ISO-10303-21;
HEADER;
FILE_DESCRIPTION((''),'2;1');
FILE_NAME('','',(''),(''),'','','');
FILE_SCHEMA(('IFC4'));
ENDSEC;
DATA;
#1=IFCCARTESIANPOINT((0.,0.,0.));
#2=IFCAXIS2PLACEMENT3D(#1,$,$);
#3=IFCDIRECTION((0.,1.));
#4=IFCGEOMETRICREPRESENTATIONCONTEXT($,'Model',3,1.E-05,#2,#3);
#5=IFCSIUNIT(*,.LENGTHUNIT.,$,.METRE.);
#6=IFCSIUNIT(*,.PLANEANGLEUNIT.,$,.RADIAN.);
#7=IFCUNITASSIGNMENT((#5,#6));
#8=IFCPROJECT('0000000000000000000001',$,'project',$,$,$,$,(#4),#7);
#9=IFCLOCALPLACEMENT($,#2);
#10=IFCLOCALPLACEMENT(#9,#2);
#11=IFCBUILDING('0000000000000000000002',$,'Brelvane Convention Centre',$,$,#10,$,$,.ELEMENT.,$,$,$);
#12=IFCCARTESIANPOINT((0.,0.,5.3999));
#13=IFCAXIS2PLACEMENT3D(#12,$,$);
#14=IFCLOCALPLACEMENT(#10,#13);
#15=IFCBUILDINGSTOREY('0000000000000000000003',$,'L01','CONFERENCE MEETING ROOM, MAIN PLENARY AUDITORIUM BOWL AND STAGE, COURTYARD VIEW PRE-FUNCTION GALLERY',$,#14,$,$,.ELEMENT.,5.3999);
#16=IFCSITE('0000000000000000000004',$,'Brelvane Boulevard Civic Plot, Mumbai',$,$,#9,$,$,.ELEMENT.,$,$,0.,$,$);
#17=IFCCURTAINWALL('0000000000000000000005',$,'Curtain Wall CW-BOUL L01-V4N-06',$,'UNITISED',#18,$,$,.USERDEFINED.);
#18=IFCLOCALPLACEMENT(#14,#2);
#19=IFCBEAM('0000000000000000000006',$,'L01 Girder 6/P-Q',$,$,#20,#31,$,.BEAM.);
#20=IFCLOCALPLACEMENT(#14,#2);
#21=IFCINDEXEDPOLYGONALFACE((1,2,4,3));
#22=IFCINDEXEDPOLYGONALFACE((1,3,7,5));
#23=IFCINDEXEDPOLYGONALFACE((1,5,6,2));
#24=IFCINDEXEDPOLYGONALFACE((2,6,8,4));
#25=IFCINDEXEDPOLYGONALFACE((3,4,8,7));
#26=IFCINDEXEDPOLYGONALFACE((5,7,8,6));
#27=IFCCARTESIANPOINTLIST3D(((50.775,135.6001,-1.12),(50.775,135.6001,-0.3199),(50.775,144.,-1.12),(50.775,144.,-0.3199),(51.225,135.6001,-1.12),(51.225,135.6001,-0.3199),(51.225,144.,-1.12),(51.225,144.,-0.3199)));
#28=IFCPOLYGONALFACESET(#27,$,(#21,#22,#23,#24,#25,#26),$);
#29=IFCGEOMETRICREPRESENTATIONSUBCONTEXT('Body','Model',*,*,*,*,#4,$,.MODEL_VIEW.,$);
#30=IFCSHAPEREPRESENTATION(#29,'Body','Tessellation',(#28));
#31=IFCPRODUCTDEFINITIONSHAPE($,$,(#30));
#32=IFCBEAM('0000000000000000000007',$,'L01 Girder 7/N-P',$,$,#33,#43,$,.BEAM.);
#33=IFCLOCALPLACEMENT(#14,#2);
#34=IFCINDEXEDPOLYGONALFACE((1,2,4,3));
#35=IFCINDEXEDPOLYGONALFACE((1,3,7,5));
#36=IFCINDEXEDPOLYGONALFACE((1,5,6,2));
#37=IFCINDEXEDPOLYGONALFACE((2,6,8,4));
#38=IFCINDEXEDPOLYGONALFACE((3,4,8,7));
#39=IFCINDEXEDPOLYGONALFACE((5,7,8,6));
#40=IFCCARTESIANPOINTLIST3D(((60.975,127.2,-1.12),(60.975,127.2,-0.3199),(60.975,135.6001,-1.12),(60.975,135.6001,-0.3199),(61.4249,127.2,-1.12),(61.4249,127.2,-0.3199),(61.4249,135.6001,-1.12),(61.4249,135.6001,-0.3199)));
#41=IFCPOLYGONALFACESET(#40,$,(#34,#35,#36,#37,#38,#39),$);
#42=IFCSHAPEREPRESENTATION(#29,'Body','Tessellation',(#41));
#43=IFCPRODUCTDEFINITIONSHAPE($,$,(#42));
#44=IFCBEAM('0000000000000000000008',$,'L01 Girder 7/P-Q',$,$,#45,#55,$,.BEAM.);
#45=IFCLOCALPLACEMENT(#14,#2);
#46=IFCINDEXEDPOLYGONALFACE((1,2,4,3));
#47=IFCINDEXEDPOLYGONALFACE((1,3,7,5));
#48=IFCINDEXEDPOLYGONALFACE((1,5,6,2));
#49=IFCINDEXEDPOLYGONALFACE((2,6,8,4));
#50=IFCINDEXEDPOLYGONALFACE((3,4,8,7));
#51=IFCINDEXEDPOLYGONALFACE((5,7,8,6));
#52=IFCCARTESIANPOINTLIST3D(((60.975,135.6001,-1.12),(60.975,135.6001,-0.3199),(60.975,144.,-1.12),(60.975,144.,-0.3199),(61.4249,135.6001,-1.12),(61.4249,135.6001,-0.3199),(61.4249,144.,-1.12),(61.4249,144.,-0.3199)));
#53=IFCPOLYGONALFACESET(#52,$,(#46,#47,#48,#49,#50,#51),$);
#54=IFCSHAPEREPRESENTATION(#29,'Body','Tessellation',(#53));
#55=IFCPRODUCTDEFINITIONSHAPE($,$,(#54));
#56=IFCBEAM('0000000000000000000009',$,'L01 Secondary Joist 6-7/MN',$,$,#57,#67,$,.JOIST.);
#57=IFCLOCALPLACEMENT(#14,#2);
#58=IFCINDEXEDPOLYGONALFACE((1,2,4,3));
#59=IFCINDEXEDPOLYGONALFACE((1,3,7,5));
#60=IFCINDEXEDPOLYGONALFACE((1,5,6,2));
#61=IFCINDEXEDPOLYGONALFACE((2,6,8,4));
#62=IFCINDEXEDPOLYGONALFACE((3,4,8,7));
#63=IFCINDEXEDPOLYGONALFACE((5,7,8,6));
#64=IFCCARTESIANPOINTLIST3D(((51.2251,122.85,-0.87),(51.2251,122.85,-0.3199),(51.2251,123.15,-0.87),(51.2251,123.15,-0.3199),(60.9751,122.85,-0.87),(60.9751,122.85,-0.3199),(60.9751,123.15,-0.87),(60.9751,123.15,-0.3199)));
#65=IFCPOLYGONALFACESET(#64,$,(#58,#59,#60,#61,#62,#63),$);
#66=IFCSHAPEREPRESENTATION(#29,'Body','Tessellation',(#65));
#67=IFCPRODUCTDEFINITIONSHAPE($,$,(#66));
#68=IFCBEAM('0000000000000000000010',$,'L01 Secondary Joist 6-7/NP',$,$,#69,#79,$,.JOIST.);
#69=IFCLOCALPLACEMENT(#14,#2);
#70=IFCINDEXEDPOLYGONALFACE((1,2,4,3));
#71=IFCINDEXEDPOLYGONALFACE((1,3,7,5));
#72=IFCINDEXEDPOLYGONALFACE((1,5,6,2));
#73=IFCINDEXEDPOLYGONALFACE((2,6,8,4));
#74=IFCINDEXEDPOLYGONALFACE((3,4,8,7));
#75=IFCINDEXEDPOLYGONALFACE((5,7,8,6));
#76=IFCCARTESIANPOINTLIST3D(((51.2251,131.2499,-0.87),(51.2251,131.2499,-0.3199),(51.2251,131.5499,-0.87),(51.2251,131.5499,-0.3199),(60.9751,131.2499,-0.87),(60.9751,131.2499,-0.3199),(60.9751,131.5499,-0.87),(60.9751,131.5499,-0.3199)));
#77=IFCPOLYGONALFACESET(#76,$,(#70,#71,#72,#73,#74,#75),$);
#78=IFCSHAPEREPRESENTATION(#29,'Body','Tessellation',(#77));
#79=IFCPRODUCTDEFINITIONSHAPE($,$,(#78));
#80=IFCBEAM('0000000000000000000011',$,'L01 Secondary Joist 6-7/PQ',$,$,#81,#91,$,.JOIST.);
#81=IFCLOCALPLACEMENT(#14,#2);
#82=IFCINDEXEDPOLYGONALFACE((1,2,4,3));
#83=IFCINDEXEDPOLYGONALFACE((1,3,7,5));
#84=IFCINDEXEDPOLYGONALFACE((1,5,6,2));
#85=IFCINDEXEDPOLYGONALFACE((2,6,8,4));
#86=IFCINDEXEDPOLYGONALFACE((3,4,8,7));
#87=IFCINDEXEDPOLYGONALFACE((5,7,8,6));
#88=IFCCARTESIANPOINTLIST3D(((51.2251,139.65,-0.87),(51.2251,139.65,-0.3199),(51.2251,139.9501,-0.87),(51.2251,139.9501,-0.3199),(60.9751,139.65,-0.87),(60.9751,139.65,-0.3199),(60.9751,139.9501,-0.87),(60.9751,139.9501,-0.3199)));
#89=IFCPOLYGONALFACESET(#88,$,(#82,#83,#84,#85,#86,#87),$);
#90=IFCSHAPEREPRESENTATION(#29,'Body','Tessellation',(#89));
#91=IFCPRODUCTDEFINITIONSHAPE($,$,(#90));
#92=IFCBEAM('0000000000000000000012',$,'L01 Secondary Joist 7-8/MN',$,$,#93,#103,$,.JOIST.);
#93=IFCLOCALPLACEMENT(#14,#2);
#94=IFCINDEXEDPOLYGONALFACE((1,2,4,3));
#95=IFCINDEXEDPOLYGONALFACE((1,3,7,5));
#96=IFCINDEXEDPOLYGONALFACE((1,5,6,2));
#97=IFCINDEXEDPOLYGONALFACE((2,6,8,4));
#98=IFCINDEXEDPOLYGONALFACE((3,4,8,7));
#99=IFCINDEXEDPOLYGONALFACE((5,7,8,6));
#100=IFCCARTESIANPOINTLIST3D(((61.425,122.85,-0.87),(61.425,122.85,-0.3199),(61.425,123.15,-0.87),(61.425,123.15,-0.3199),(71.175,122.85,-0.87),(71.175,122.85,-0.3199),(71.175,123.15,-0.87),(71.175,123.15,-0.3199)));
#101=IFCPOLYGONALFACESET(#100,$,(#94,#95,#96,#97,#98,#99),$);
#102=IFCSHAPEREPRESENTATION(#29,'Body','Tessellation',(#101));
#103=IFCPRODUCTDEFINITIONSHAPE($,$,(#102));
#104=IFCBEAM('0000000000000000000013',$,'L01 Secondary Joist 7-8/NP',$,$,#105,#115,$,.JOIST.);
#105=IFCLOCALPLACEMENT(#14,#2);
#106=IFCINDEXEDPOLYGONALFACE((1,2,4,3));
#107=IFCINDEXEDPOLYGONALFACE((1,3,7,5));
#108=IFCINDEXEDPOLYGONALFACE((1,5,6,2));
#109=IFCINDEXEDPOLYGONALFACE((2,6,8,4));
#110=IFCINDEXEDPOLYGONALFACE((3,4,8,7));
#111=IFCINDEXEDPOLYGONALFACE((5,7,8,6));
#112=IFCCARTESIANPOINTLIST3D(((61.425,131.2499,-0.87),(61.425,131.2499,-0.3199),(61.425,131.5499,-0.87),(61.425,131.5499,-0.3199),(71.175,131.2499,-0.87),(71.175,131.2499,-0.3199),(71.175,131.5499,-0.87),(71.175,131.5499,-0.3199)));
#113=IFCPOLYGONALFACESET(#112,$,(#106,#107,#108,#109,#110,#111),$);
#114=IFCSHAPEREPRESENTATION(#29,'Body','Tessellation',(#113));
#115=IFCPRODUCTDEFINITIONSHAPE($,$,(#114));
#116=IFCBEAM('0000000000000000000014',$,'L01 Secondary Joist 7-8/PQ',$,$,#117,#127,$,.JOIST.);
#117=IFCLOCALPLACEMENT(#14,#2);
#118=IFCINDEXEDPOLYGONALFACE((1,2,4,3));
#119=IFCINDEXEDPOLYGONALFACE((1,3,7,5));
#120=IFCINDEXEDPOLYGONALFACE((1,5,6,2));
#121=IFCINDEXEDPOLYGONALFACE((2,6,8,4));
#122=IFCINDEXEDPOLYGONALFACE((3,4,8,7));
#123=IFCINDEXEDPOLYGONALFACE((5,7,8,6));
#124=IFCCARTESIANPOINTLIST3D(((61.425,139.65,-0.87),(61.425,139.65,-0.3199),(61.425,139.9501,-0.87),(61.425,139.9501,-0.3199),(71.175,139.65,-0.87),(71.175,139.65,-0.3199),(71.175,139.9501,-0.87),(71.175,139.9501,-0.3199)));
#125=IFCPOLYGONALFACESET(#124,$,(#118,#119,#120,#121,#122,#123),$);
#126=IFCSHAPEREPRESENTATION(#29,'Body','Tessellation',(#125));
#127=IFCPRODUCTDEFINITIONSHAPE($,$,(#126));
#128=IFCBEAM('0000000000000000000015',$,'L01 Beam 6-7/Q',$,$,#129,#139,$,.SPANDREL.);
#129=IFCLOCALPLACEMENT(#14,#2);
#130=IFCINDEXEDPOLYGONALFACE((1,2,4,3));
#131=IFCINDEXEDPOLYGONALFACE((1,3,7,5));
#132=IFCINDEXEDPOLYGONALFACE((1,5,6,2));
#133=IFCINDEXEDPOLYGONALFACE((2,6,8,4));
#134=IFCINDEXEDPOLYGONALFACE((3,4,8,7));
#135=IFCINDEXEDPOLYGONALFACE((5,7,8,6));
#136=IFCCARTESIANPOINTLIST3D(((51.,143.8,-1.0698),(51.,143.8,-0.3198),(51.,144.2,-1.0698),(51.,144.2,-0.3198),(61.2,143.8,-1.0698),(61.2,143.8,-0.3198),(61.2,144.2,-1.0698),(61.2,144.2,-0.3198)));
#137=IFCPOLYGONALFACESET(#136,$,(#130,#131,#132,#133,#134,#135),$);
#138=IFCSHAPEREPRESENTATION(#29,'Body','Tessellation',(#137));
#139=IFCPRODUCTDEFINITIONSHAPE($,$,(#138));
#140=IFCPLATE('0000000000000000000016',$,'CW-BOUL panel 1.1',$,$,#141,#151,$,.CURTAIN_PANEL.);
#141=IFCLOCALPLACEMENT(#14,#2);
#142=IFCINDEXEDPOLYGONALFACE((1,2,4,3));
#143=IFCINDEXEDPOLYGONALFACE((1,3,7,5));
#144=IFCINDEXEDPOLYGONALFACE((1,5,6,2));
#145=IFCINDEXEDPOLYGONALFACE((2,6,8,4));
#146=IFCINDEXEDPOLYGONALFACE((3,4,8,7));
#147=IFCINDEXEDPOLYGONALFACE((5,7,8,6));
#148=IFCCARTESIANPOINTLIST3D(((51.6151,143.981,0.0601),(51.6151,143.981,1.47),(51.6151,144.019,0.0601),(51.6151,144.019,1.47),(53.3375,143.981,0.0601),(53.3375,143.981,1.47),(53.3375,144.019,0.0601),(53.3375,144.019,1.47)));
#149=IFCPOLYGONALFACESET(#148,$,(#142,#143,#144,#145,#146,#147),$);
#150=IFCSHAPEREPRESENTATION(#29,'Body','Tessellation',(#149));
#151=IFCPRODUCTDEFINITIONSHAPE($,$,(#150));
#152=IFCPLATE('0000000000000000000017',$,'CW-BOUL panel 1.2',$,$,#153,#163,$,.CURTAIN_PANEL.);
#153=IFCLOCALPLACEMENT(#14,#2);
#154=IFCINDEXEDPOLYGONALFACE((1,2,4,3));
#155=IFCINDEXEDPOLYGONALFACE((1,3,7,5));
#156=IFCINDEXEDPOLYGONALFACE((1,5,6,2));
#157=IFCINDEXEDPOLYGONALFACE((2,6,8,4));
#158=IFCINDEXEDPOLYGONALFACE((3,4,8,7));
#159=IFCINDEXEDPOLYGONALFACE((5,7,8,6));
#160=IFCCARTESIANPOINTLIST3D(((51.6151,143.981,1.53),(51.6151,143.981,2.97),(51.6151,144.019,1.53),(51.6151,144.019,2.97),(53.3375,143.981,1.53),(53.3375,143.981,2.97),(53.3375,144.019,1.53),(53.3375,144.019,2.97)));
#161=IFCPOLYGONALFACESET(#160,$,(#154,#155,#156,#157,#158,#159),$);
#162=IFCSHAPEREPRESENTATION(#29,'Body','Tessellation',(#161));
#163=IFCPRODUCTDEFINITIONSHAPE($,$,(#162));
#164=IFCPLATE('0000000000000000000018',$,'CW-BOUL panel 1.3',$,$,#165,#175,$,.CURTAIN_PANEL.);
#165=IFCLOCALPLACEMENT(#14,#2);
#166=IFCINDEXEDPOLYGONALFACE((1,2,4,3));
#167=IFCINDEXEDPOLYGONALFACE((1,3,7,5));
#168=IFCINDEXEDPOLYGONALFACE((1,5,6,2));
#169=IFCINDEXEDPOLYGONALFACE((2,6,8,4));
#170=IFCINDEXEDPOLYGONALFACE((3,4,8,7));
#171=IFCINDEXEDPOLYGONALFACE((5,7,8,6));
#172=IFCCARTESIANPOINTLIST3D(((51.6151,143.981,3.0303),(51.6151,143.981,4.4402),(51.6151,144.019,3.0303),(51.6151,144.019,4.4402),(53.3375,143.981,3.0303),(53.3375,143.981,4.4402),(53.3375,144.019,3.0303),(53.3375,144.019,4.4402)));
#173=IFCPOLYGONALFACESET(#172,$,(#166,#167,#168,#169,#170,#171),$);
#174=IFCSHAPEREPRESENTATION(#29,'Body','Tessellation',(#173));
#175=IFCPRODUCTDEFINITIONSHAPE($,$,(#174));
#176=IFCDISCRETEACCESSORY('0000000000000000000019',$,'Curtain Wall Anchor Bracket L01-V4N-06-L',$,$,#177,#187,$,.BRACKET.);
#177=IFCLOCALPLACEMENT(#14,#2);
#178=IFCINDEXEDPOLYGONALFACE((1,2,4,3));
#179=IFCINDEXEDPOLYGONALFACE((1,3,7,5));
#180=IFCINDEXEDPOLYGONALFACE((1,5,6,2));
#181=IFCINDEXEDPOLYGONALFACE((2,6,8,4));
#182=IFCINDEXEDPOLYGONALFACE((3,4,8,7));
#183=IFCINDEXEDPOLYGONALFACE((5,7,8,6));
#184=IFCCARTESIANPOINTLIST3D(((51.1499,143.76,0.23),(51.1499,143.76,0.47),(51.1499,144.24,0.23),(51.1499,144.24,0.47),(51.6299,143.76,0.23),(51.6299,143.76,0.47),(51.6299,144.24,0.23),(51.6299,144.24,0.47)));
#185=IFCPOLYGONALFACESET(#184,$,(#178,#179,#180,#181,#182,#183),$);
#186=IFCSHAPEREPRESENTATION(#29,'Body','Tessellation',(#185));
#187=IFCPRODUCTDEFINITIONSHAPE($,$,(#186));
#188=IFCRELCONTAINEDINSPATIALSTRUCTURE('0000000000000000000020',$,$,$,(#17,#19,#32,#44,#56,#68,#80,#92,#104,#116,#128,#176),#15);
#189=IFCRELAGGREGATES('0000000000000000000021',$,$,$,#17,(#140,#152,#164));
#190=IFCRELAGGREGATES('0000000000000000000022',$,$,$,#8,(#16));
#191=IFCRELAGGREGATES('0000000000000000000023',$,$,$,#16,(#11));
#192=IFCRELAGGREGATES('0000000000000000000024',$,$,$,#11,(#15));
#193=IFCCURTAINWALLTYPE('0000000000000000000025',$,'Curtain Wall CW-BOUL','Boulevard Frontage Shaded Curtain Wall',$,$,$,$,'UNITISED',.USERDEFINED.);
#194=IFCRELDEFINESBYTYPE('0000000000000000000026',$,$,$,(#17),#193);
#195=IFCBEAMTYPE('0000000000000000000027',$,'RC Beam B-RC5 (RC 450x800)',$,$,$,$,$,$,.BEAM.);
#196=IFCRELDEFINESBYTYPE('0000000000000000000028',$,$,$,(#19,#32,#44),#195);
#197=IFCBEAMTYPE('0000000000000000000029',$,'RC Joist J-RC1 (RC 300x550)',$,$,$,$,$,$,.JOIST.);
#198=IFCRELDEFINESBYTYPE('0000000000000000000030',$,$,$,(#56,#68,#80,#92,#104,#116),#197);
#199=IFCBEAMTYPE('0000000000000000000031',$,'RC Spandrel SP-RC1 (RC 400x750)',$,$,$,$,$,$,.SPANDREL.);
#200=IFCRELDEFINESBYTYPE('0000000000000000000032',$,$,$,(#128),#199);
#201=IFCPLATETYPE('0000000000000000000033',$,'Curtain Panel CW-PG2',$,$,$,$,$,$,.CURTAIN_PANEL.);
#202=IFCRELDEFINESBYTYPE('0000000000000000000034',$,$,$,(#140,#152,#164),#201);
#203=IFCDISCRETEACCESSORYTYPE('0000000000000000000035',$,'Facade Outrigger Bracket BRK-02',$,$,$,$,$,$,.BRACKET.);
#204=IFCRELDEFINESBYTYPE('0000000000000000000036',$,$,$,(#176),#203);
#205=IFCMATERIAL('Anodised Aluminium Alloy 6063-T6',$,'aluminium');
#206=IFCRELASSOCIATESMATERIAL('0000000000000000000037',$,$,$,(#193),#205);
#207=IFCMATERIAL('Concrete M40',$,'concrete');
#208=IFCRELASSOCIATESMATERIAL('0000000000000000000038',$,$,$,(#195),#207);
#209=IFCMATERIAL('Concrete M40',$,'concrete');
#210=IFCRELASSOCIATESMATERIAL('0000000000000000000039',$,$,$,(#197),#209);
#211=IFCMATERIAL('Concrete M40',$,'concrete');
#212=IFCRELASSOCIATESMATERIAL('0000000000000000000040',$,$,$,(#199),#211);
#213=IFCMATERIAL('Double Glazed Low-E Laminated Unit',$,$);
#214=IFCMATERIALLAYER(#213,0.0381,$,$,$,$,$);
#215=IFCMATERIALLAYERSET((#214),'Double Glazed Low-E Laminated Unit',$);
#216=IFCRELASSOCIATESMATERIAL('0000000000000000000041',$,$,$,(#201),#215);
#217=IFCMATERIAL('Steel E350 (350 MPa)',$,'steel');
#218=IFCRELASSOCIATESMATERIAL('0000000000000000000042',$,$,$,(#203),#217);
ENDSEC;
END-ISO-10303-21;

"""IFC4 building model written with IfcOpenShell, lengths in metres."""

from ifc_helpers import new_model, si_unit, direction, frame, origin, origin_2d, place, context, subcontext, project, spatial, rectangle, extrude, material, layer, layer_set, material_profile, profile_set, type_object, element, aggregate, save


model = new_model("IFC4")

# Units and contexts
model_context = context("Model", 3, precision=1e-05, world=origin(), true_north=direction((0.0, 1.0)))
body_context = subcontext(model_context, "Body", "Model", "MODEL_VIEW")
ifc_project = project(units=[si_unit("LENGTHUNIT", "METRE"), si_unit("PLANEANGLEUNIT", "RADIAN")], contexts=[model_context])

# Site, building, storey
site_placement = place(None, origin())
site = spatial("IfcSite", under=ifc_project, at=site_placement, Name="Brelvane Boulevard Civic Plot, Mumbai", CompositionType="ELEMENT", RefElevation=0.0)
building_placement = place(site_placement, origin())
building = spatial("IfcBuilding", under=site, at=building_placement, Name="Brelvane Convention Centre", CompositionType="ELEMENT")
storey_placement = place(building_placement, frame((0.0, 0.0, 5.3999)))
storey = spatial("IfcBuildingStorey", under=building, at=storey_placement, Name="L01", Description="CONFERENCE MEETING ROOM, MAIN PLENARY AUDITORIUM BOWL AND STAGE, COURTYARD VIEW PRE-FUNCTION GALLERY", CompositionType="ELEMENT", Elevation=5.3999)

# Curtain wall
ifc_material_1 = material(Name="Anodised Aluminium Alloy 6063-T6", Category="aluminium")
curtain_wall_type = type_object("IfcCurtainWallType", Name="Curtain Wall CW-BOUL", Description="Boulevard Frontage Shaded Curtain Wall", ElementType="UNITISED", PredefinedType="USERDEFINED", material=ifc_material_1)
curtain_wall_placement = place(storey_placement, origin())
curtain_wall = element("IfcCurtainWall", 1, at=curtain_wall_placement, inside=storey, type_object=curtain_wall_type, Name="Curtain Wall CW-BOUL L01-V4N-06", ObjectType="UNITISED", PredefinedType="USERDEFINED")

# Beams
ifc_material_2 = material(Name="Concrete M40", Category="concrete")
ifc_material_profile_1 = material_profile(ifc_material_2, rectangle(XDim=0.45, YDim=0.8, at=origin_2d()), Name="RC 450x800")
ifc_profile_set_1 = profile_set([ifc_material_profile_1], Name="Concrete M40")
beam_type_1 = type_object("IfcBeamType", Name="RC Beam B-RC5 (RC 450x800)", PredefinedType="BEAM", material=ifc_profile_set_1)
beam_1_placement = place(storey_placement, frame((51.0, 135.6001, -0.72), z_axis=(0.0, 1.0, 0.0), x_axis=(-1.0, 0.0, 0.0)))
element("IfcBeam", 2, at=beam_1_placement, inside=storey, type_object=beam_type_1, Name="L01 Girder 6/P-Q", PredefinedType="BEAM", context=body_context, shape_type="SweptSolid", body=[
    extrude(rectangle(XDim=0.45, YDim=0.8, at=origin_2d()), origin(), (0.0, 0.0, 1.0), 8.3999),
])
beam_2_placement = place(storey_placement, frame((61.2, 127.2, -0.72), z_axis=(0.0, 1.0, 0.0), x_axis=(-1.0, 0.0, 0.0)))
element("IfcBeam", 3, at=beam_2_placement, inside=storey, type_object=beam_type_1, Name="L01 Girder 7/N-P", PredefinedType="BEAM", context=body_context, shape_type="SweptSolid", body=[
    extrude(rectangle(XDim=0.45, YDim=0.8, at=origin_2d()), origin(), (0.0, 0.0, 1.0), 8.4001),
])
beam_3_placement = place(storey_placement, frame((61.2, 135.6001, -0.72), z_axis=(0.0, 1.0, 0.0), x_axis=(-1.0, 0.0, 0.0)))
element("IfcBeam", 4, at=beam_3_placement, inside=storey, type_object=beam_type_1, Name="L01 Girder 7/P-Q", PredefinedType="BEAM", context=body_context, shape_type="SweptSolid", body=[
    extrude(rectangle(XDim=0.45, YDim=0.8, at=origin_2d()), origin(), (0.0, 0.0, 1.0), 8.3999),
])
ifc_material_3 = material(Name="Concrete M40", Category="concrete")
ifc_material_profile_2 = material_profile(ifc_material_3, rectangle(XDim=0.3, YDim=0.55, at=origin_2d()), Name="RC 300x550")
ifc_profile_set_2 = profile_set([ifc_material_profile_2], Name="Concrete M40")
beam_type_2 = type_object("IfcBeamType", Name="RC Joist J-RC1 (RC 300x550)", PredefinedType="JOIST", material=ifc_profile_set_2)
for number, where, z_axis, x_axis, name in (
    (5, (51.2251, 123.0, -0.595), (1.0, 0.0, 0.0), (0.0, 1.0, 0.0), "L01 Secondary Joist 6-7/MN"),
    (6, (51.2251, 131.3999, -0.595), (1.0, 0.0, 0.0), (0.0, 1.0, 0.0), "L01 Secondary Joist 6-7/NP"),
    (7, (51.2251, 139.8, -0.595), (1.0, 0.0, 0.0), (0.0, 1.0, 0.0), "L01 Secondary Joist 6-7/PQ"),
    (8, (61.425, 123.0, -0.595), (1.0, 0.0, 0.0), (0.0, 1.0, 0.0), "L01 Secondary Joist 7-8/MN"),
    (9, (61.425, 131.3999, -0.595), (1.0, 0.0, 0.0), (0.0, 1.0, 0.0), "L01 Secondary Joist 7-8/NP"),
    (10, (61.425, 139.8, -0.595), (1.0, 0.0, 0.0), (0.0, 1.0, 0.0), "L01 Secondary Joist 7-8/PQ"),
):
    element("IfcBeam", number, at=place(storey_placement, frame(where, z_axis=z_axis, x_axis=x_axis)), inside=storey, type_object=beam_type_2, Name=name, PredefinedType="JOIST", context=body_context, shape_type="SweptSolid", body=[
        extrude(rectangle(XDim=0.3, YDim=0.55, at=origin_2d()), origin(), (0.0, 0.0, 1.0), 9.75),
    ])
ifc_material_4 = material(Name="Concrete M40", Category="concrete")
ifc_material_profile_3 = material_profile(ifc_material_4, rectangle(XDim=0.3999, YDim=0.75, at=origin_2d()), Name="RC 400x750")
ifc_profile_set_3 = profile_set([ifc_material_profile_3], Name="Concrete M40")
beam_type_3 = type_object("IfcBeamType", Name="RC Spandrel SP-RC1 (RC 400x750)", PredefinedType="SPANDREL", material=ifc_profile_set_3)
beam_4_placement = place(storey_placement, frame((51.0, 144.0, -0.6948), z_axis=(1.0, 0.0, 0.0), x_axis=(0.0, 1.0, 0.0)))
element("IfcBeam", 11, at=beam_4_placement, inside=storey, type_object=beam_type_3, Name="L01 Beam 6-7/Q", PredefinedType="SPANDREL", context=body_context, shape_type="SweptSolid", body=[
    extrude(rectangle(XDim=0.3999, YDim=0.75, at=origin_2d()), origin(), (0.0, 0.0, 1.0), 10.2),
])

# Plates
ifc_material_5 = material(Name="Double Glazed Low-E Laminated Unit")
ifc_layer = layer(ifc_material_5, 0.0381)
ifc_layer_set = layer_set([ifc_layer], Name="Double Glazed Low-E Laminated Unit")
plate_type = type_object("IfcPlateType", Name="Curtain Panel CW-PG2", PredefinedType="CURTAIN_PANEL", material=ifc_layer_set)
plate_1_placement = place(storey_placement, frame((52.4763, 144.0, 0.0601), z_axis=(0.0, 0.0, 1.0), x_axis=(1.0, 0.0, 0.0)))
plate_1 = element("IfcPlate", 12, at=plate_1_placement, type_object=plate_type, Name="CW-BOUL panel 1.1", PredefinedType="CURTAIN_PANEL", context=body_context, shape_type="SweptSolid", body=[
    extrude(rectangle(XDim=1.7224, YDim=0.0381, at=origin_2d()), origin(), (0.0, 0.0, 1.0), 1.4099),
])
plate_2_placement = place(storey_placement, frame((52.4763, 144.0, 1.53), z_axis=(0.0, 0.0, 1.0), x_axis=(1.0, 0.0, 0.0)))
plate_2 = element("IfcPlate", 13, at=plate_2_placement, type_object=plate_type, Name="CW-BOUL panel 1.2", PredefinedType="CURTAIN_PANEL", context=body_context, shape_type="SweptSolid", body=[
    extrude(rectangle(XDim=1.7224, YDim=0.0381, at=origin_2d()), origin(), (0.0, 0.0, 1.0), 1.4399),
])
plate_3_placement = place(storey_placement, frame((52.4763, 144.0, 3.0303), z_axis=(0.0, 0.0, 1.0), x_axis=(1.0, 0.0, 0.0)))
plate_3 = element("IfcPlate", 14, at=plate_3_placement, type_object=plate_type, Name="CW-BOUL panel 1.3", PredefinedType="CURTAIN_PANEL", context=body_context, shape_type="SweptSolid", body=[
    extrude(rectangle(XDim=1.7224, YDim=0.0381, at=origin_2d()), origin(), (0.0, 0.0, 1.0), 1.4099),
])
aggregate(curtain_wall, [plate_1, plate_2, plate_3])

# Discrete accessory
ifc_material_6 = material(Name="Steel E350 (350 MPa)", Category="steel")
discrete_accessory_type = type_object("IfcDiscreteAccessoryType", Name="Facade Outrigger Bracket BRK-02", PredefinedType="BRACKET", material=ifc_material_6)
discrete_accessory_placement = place(storey_placement, frame((51.3899, 144.0, 0.23), z_axis=(0.0, 0.0, 1.0), x_axis=(1.0, 0.0, 0.0)))
element("IfcDiscreteAccessory", 15, at=discrete_accessory_placement, inside=storey, type_object=discrete_accessory_type, Name="Curtain Wall Anchor Bracket L01-V4N-06-L", PredefinedType="BRACKET", context=body_context, shape_type="SweptSolid", body=[
    extrude(rectangle(XDim=0.48, YDim=0.48, at=origin_2d()), origin(), (0.0, 0.0, 1.0), 0.24),
])

save(model, "model.ifc")
